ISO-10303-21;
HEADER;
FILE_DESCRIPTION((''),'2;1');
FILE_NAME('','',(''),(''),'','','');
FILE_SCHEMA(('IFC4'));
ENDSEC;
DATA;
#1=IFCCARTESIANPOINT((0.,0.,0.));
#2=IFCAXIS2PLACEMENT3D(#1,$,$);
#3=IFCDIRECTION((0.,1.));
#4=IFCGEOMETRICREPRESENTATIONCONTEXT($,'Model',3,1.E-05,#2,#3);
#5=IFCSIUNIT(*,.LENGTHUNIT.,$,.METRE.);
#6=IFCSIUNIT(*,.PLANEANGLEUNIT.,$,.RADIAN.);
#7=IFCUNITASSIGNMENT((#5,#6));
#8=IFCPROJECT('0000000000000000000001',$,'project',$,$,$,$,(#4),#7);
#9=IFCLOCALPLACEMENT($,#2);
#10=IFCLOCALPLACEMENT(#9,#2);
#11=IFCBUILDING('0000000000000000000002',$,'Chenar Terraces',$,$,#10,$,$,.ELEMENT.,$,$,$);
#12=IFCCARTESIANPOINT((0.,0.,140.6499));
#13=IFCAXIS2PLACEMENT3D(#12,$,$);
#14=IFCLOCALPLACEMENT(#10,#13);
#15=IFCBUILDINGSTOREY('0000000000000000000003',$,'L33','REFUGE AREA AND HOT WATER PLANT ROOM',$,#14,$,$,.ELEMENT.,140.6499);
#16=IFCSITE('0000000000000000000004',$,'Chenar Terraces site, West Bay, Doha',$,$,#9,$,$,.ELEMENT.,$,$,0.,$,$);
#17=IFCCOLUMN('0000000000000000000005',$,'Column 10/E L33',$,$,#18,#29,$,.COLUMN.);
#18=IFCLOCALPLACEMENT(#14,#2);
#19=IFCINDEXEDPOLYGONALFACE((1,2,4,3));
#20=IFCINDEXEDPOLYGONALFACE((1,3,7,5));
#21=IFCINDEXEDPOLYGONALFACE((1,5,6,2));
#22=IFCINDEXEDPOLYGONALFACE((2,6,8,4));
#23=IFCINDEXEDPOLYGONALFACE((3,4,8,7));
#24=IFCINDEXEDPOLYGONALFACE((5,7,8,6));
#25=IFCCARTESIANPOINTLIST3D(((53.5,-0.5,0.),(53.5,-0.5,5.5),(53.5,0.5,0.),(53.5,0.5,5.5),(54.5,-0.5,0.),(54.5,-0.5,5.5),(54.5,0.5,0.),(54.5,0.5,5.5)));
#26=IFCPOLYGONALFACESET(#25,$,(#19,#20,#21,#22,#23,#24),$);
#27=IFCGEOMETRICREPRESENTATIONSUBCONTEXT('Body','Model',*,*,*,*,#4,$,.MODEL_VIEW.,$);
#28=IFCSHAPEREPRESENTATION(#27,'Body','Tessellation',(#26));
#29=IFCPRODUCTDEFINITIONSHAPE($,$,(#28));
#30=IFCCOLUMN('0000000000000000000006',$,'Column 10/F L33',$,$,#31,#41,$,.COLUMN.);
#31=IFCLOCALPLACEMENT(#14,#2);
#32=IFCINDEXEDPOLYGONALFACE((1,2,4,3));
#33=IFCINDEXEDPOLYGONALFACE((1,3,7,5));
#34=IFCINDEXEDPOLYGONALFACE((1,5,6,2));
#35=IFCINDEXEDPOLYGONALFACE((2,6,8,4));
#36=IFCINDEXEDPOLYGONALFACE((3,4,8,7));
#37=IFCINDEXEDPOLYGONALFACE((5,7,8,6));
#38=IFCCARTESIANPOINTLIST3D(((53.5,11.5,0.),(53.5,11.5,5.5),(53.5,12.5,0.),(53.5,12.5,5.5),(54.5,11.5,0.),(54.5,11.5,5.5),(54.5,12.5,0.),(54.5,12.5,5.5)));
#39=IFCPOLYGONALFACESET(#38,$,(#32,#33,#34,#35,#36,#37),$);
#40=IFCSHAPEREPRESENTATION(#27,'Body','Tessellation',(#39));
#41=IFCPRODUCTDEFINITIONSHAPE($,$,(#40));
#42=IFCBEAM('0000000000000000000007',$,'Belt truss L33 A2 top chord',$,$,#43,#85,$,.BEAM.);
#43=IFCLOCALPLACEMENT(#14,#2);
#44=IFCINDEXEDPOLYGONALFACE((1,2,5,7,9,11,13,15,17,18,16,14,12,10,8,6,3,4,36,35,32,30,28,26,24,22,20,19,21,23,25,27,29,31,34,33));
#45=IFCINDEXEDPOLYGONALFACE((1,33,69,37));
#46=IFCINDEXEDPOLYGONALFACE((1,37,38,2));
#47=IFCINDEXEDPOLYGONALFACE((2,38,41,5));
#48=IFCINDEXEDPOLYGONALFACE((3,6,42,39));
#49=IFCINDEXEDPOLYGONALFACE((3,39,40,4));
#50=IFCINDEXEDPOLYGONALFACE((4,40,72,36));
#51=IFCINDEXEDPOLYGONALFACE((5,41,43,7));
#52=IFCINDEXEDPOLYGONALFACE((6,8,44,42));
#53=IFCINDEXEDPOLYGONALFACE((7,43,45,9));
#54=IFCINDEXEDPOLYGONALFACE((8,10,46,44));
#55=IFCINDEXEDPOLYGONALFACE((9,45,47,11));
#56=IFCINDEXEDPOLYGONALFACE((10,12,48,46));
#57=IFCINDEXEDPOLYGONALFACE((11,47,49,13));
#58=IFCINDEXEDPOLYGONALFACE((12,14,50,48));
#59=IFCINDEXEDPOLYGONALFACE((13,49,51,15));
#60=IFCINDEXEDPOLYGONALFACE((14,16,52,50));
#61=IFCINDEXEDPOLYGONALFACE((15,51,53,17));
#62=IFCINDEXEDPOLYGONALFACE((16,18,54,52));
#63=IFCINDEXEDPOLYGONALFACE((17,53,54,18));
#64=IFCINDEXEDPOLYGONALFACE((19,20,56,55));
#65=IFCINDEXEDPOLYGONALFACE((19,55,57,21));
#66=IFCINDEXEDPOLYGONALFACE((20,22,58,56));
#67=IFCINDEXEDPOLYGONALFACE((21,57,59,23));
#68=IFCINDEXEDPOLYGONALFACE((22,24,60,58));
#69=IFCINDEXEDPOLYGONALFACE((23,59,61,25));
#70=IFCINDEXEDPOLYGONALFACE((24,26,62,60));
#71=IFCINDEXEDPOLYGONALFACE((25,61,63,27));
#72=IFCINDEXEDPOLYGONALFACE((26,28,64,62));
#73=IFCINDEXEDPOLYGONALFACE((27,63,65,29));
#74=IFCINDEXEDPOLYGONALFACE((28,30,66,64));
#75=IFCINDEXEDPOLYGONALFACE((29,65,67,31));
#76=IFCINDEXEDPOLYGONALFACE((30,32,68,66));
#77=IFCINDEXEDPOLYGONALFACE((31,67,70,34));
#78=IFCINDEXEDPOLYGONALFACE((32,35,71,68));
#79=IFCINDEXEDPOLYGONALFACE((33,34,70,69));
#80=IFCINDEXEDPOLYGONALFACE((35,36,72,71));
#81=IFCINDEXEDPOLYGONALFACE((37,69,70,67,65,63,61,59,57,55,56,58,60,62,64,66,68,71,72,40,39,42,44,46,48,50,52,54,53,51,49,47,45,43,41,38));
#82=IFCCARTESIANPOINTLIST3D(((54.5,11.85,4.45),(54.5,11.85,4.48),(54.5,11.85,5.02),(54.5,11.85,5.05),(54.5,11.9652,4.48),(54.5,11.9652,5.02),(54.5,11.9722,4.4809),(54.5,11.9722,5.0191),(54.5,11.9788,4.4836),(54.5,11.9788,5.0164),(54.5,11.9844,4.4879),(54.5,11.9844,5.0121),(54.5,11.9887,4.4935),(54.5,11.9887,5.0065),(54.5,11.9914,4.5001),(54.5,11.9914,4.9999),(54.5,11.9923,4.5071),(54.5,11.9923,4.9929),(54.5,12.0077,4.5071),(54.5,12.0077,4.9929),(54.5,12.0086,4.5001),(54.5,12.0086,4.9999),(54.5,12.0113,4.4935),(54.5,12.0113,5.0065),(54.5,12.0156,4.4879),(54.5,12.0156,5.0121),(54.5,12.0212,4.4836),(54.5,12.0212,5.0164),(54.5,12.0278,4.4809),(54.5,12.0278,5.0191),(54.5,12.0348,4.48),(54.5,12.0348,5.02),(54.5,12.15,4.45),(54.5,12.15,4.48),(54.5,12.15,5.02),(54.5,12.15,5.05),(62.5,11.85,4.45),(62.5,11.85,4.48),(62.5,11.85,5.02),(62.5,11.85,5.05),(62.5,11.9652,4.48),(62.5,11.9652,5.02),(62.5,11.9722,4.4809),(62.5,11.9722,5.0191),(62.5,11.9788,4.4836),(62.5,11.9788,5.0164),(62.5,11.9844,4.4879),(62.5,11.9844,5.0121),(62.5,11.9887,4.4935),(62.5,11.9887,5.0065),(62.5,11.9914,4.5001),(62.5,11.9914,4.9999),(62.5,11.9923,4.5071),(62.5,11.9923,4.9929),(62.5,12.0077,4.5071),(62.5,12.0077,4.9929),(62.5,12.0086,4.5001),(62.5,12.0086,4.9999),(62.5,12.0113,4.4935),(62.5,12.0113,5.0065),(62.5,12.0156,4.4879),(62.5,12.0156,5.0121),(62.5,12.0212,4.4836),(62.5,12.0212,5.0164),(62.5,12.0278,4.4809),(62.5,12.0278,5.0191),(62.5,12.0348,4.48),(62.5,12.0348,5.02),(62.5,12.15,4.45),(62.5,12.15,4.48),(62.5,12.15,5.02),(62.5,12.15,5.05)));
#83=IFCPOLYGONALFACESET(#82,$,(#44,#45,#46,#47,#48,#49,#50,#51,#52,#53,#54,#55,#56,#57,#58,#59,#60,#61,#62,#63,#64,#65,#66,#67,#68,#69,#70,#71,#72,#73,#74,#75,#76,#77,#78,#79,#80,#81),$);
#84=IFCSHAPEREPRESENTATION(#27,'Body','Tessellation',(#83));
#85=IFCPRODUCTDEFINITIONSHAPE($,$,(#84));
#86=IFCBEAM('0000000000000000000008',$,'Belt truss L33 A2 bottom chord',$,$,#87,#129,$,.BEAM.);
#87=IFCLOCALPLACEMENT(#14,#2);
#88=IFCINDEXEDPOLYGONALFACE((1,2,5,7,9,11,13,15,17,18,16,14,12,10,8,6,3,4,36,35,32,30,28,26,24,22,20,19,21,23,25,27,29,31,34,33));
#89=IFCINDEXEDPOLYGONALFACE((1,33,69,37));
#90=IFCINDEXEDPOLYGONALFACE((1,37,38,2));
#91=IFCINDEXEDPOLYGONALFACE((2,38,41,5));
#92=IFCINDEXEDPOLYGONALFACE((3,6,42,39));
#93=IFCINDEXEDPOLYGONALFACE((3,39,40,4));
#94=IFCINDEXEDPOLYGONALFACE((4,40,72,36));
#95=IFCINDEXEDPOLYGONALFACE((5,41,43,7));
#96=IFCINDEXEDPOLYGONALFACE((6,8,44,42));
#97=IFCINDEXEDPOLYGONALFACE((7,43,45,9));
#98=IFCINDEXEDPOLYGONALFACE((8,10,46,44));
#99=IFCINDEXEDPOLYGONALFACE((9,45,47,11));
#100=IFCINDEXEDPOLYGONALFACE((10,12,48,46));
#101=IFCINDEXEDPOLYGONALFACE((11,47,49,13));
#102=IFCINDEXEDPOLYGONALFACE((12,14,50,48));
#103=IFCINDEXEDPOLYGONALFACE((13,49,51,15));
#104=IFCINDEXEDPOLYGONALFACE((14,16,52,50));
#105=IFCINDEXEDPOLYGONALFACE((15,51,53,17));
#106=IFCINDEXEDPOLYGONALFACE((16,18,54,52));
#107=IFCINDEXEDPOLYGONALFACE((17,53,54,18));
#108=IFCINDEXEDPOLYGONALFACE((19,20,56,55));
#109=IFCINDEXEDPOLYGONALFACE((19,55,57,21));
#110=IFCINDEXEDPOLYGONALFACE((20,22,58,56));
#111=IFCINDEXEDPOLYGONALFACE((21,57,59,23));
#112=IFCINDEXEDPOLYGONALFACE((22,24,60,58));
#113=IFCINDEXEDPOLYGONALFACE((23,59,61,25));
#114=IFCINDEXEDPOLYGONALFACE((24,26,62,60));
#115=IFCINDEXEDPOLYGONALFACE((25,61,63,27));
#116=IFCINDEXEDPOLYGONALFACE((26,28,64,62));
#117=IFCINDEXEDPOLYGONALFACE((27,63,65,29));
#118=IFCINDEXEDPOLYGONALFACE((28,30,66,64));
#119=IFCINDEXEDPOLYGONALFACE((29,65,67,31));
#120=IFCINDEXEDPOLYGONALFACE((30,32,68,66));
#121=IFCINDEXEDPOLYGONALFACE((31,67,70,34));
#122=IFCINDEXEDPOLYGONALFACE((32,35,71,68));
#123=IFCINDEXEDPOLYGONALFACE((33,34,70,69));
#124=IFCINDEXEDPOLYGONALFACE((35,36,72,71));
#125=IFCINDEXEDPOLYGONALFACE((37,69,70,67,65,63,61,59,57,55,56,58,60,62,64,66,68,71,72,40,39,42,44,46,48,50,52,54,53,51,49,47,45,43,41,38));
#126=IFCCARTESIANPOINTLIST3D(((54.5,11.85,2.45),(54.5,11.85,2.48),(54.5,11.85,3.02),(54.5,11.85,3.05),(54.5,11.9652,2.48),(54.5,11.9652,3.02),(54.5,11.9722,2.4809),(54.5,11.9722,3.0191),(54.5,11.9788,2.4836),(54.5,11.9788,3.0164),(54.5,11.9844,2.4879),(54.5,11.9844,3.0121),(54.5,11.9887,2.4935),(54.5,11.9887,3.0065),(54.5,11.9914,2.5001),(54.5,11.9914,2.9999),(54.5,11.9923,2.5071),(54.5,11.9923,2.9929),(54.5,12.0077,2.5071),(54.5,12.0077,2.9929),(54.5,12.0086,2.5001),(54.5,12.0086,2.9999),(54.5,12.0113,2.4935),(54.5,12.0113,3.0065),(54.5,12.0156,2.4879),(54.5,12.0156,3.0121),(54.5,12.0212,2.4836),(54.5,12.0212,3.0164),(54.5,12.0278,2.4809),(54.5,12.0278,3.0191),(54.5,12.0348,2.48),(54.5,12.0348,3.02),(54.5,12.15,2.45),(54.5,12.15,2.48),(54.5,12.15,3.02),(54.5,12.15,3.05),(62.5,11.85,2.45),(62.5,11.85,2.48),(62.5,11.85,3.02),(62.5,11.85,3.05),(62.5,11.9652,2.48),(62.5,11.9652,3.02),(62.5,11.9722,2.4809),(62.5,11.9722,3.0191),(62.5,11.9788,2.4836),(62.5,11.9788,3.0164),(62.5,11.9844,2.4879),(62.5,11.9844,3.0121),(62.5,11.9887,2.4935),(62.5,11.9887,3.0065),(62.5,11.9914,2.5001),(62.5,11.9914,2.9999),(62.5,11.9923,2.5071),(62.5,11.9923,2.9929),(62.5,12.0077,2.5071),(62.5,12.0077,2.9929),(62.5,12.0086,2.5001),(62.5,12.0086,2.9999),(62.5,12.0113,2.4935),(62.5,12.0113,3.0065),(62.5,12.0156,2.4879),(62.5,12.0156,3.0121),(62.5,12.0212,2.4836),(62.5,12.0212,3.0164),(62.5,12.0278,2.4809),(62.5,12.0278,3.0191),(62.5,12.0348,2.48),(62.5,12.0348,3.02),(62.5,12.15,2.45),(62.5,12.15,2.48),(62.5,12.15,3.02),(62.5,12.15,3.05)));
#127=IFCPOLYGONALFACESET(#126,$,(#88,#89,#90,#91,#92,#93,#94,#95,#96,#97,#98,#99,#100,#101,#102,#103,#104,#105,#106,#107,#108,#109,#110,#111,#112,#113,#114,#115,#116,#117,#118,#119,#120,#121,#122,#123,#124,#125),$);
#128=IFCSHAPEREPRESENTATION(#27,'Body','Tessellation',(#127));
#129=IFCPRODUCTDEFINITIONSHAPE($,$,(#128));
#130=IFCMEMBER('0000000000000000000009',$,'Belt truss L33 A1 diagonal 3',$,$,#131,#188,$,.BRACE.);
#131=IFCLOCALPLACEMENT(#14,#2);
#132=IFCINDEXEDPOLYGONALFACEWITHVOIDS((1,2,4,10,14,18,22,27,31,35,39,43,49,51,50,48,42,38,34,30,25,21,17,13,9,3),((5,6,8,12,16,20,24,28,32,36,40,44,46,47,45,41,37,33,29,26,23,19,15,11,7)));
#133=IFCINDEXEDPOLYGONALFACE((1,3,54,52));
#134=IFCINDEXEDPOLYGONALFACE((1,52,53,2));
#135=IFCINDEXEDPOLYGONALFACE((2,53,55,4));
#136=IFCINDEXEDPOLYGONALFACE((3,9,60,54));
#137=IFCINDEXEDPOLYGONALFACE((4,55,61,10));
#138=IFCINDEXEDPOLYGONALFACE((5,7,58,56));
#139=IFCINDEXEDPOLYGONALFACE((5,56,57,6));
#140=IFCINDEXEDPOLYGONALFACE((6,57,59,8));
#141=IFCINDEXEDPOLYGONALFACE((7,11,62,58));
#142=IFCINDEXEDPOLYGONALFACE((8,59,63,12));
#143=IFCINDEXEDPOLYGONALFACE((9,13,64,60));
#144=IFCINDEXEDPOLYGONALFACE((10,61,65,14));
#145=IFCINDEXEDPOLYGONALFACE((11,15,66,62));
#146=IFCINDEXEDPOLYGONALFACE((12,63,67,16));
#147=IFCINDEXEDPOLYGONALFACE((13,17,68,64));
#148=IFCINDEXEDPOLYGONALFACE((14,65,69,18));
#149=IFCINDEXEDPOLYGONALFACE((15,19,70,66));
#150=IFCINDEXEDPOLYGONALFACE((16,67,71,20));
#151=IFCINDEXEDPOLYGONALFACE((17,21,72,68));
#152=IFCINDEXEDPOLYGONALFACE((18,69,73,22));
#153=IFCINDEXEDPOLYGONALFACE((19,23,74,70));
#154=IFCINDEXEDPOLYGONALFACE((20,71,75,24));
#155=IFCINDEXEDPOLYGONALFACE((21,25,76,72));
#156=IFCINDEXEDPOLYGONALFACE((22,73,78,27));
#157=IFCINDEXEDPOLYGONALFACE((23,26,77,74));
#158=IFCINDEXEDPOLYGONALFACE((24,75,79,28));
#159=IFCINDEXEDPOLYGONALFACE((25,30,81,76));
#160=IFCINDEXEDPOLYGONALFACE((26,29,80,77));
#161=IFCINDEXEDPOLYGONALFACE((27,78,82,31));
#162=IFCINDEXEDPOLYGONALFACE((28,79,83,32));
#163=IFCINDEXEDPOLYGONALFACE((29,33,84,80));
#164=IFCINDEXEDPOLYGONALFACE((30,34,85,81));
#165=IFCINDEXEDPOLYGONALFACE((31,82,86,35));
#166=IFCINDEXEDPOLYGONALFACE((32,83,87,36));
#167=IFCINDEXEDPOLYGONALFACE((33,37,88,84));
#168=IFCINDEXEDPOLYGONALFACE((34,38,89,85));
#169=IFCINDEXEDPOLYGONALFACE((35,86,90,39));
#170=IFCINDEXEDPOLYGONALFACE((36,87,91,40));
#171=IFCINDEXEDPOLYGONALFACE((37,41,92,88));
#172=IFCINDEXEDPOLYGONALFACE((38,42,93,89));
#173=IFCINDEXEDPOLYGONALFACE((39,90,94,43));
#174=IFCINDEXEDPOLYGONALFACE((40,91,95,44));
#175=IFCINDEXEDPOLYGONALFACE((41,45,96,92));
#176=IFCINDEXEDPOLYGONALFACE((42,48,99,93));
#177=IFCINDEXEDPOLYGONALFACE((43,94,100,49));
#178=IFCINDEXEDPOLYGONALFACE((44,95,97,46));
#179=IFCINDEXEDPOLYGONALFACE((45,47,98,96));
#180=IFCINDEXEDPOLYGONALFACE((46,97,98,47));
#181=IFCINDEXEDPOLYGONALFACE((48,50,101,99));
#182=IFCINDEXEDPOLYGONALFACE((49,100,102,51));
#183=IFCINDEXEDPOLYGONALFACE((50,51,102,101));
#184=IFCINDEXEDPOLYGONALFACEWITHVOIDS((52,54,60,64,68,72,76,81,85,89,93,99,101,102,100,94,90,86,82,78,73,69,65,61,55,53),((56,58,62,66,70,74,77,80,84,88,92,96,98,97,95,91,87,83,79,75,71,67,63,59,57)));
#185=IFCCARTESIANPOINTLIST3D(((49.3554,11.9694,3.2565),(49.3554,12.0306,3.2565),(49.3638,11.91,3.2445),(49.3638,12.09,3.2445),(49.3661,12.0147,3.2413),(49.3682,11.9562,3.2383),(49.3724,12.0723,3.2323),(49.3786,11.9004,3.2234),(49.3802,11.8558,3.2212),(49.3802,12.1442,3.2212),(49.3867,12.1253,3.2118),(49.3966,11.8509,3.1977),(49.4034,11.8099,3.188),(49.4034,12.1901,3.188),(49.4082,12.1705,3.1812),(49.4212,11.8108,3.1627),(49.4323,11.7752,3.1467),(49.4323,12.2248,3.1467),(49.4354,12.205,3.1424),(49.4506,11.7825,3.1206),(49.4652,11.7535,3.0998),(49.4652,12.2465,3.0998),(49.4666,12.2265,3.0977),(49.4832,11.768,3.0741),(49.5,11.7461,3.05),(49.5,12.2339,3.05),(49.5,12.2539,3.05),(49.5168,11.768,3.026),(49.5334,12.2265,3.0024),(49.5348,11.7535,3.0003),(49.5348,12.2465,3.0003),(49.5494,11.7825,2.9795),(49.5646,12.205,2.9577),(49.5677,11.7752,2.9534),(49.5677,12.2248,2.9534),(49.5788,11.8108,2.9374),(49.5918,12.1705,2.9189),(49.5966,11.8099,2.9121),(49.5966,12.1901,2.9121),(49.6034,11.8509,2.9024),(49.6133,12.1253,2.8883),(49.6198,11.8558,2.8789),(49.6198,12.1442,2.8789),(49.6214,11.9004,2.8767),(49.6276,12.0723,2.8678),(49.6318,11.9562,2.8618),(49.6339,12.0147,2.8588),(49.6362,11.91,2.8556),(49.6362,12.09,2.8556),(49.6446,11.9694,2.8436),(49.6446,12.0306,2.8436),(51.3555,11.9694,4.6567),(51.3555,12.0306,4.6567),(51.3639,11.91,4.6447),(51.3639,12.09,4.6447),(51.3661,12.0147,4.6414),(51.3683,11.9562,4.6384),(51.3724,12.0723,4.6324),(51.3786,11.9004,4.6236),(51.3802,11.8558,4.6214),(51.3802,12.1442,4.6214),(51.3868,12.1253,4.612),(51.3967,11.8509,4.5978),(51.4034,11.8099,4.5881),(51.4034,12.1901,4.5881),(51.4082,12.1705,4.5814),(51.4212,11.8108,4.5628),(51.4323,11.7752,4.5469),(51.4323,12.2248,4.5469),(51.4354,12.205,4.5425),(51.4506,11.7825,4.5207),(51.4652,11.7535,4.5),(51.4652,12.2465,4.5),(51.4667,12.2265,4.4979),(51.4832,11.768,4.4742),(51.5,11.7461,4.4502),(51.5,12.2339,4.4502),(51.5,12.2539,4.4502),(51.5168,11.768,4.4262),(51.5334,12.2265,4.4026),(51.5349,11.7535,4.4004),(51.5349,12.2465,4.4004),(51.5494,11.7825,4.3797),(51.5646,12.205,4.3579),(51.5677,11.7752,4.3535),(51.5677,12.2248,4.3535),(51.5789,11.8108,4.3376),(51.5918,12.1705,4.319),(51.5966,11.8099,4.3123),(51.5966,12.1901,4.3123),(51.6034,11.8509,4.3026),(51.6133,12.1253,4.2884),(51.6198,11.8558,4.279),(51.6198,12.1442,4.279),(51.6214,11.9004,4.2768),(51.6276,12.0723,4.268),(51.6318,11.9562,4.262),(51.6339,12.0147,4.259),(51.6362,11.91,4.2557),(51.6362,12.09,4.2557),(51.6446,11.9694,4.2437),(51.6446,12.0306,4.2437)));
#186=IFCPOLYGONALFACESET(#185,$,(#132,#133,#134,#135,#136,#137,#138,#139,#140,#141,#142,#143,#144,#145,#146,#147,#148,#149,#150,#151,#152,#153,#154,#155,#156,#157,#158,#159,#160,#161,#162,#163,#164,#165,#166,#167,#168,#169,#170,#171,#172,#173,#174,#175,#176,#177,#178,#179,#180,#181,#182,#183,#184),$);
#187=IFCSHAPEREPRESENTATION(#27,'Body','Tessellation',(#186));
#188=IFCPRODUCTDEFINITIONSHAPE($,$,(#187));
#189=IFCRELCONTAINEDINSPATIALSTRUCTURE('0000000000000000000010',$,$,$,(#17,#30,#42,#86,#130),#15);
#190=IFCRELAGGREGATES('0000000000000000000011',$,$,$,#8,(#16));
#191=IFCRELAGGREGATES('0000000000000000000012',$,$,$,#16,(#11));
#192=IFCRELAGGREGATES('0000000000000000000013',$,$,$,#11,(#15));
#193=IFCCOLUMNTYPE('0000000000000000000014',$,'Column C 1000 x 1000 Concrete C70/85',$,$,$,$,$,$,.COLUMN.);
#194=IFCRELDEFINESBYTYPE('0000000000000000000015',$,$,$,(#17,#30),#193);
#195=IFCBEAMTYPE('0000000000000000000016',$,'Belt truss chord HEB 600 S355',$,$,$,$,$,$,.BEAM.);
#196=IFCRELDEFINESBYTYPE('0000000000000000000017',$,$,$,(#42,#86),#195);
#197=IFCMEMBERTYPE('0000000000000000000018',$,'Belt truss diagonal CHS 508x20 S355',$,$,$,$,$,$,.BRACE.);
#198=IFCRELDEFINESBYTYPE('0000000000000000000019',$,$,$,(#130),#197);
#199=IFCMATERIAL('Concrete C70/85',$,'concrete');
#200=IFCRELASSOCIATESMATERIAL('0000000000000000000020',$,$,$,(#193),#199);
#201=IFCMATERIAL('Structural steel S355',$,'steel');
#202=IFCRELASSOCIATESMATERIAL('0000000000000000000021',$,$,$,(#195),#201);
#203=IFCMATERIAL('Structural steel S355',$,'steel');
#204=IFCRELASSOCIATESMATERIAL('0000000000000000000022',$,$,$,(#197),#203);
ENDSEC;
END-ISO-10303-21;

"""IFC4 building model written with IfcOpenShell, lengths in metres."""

from ifc_helpers import new_model, si_unit, direction, frame, origin, origin_2d, place, context, subcontext, project, spatial, rectangle, hollow_circle, i_section, extrude, material, material_profile, profile_set, type_object, element, save


model = new_model("IFC4")

# Units and contexts
model_context = context("Model", 3, precision=1e-05, world=origin(), true_north=direction((0.0, 1.0)))
body_context = subcontext(model_context, "Body", "Model", "MODEL_VIEW")
ifc_project = project(units=[si_unit("LENGTHUNIT", "METRE"), si_unit("PLANEANGLEUNIT", "RADIAN")], contexts=[model_context])

# Site, building, storey
site_placement = place(None, origin())
site = spatial("IfcSite", under=ifc_project, at=site_placement, Name="Chenar Terraces site, West Bay, Doha", CompositionType="ELEMENT", RefElevation=0.0)
building_placement = place(site_placement, origin())
building = spatial("IfcBuilding", under=site, at=building_placement, Name="Chenar Terraces", CompositionType="ELEMENT")
storey_placement = place(building_placement, frame((0.0, 0.0, 140.6499)))
storey = spatial("IfcBuildingStorey", under=building, at=storey_placement, Name="L33", Description="REFUGE AREA AND HOT WATER PLANT ROOM", CompositionType="ELEMENT", Elevation=140.6499)

# Columns
ifc_material_1 = material(Name="Concrete C70/85", Category="concrete")
ifc_material_profile_1 = material_profile(ifc_material_1, rectangle(XDim=1.0, YDim=1.0, at=origin_2d()), Name="C 1000 x 1000")
ifc_profile_set_1 = profile_set([ifc_material_profile_1], Name="Concrete C70/85")
column_type = type_object("IfcColumnType", Name="Column C 1000 x 1000 Concrete C70/85", PredefinedType="COLUMN", material=ifc_profile_set_1)
for number, where, z_axis, x_axis, name in (
    (1, (54.0, 0.0, 0.0), (0.0, 0.0, 1.0), (1.0, 0.0, 0.0), "Column 10/E L33"),
    (2, (54.0, 12.0, 0.0), (0.0, 0.0, 1.0), (1.0, 0.0, 0.0), "Column 10/F L33"),
):
    element("IfcColumn", number, at=place(storey_placement, frame(where, z_axis=z_axis, x_axis=x_axis)), inside=storey, type_object=column_type, Name=name, PredefinedType="COLUMN", context=body_context, shape_type="SweptSolid", body=[
        extrude(rectangle(XDim=1.0, YDim=1.0, at=origin_2d()), origin(), (0.0, 0.0, 1.0), 5.5),
    ])

# Beams
ifc_material_2 = material(Name="Structural steel S355", Category="steel")
ifc_material_profile_2 = material_profile(ifc_material_2, i_section(OverallWidth=0.3, OverallDepth=0.6001, WebThickness=0.0154, FlangeThickness=0.03, FilletRadius=0.0271, at=origin_2d()), Name="HEB 600")
ifc_profile_set_2 = profile_set([ifc_material_profile_2], Name="Structural steel S355")
beam_type = type_object("IfcBeamType", Name="Belt truss chord HEB 600 S355", PredefinedType="BEAM", material=ifc_profile_set_2)
for number, where, z_axis, x_axis, name in (
    (3, (54.5, 12.0, 4.75), (1.0, 0.0, 0.0), (0.0, 1.0, 0.0), "Belt truss L33 A2 top chord"),
    (4, (54.5, 12.0, 2.75), (1.0, 0.0, 0.0), (0.0, 1.0, 0.0), "Belt truss L33 A2 bottom chord"),
):
    element("IfcBeam", number, at=place(storey_placement, frame(where, z_axis=z_axis, x_axis=x_axis)), inside=storey, type_object=beam_type, Name=name, PredefinedType="BEAM", context=body_context, shape_type="SweptSolid", body=[
        extrude(i_section(OverallWidth=0.3, OverallDepth=0.6001, WebThickness=0.0154, FlangeThickness=0.03, FilletRadius=0.0271, at=origin_2d()), origin(), (0.0, 0.0, 1.0), 8.0),
    ])

# Member
ifc_material_3 = material(Name="Structural steel S355", Category="steel")
ifc_material_profile_3 = material_profile(ifc_material_3, hollow_circle(Radius=0.2539, WallThickness=0.02, at=origin_2d()), Name="CHS 508x20")
ifc_profile_set_3 = profile_set([ifc_material_profile_3], Name="Structural steel S355")
member_type = type_object("IfcMemberType", Name="Belt truss diagonal CHS 508x20 S355", PredefinedType="BRACE", material=ifc_profile_set_3)
for number, where, z_axis, x_axis, name in (
    (5, (49.5, 12.0, 3.05), (0.819204, 0.0, 0.573503), (0.0, 1.0, 0.0), "Belt truss L33 A1 diagonal 3"),
):
    element("IfcMember", number, at=place(storey_placement, frame(where, z_axis=z_axis, x_axis=x_axis)), inside=storey, type_object=member_type, Name=name, PredefinedType="BRACE", context=body_context, shape_type="SweptSolid", body=[
        extrude(hollow_circle(Radius=0.2539, WallThickness=0.02, at=origin_2d()), origin(), (0.0, 0.0, 1.0), 2.4414),
    ])

save(model, "model.ifc")
